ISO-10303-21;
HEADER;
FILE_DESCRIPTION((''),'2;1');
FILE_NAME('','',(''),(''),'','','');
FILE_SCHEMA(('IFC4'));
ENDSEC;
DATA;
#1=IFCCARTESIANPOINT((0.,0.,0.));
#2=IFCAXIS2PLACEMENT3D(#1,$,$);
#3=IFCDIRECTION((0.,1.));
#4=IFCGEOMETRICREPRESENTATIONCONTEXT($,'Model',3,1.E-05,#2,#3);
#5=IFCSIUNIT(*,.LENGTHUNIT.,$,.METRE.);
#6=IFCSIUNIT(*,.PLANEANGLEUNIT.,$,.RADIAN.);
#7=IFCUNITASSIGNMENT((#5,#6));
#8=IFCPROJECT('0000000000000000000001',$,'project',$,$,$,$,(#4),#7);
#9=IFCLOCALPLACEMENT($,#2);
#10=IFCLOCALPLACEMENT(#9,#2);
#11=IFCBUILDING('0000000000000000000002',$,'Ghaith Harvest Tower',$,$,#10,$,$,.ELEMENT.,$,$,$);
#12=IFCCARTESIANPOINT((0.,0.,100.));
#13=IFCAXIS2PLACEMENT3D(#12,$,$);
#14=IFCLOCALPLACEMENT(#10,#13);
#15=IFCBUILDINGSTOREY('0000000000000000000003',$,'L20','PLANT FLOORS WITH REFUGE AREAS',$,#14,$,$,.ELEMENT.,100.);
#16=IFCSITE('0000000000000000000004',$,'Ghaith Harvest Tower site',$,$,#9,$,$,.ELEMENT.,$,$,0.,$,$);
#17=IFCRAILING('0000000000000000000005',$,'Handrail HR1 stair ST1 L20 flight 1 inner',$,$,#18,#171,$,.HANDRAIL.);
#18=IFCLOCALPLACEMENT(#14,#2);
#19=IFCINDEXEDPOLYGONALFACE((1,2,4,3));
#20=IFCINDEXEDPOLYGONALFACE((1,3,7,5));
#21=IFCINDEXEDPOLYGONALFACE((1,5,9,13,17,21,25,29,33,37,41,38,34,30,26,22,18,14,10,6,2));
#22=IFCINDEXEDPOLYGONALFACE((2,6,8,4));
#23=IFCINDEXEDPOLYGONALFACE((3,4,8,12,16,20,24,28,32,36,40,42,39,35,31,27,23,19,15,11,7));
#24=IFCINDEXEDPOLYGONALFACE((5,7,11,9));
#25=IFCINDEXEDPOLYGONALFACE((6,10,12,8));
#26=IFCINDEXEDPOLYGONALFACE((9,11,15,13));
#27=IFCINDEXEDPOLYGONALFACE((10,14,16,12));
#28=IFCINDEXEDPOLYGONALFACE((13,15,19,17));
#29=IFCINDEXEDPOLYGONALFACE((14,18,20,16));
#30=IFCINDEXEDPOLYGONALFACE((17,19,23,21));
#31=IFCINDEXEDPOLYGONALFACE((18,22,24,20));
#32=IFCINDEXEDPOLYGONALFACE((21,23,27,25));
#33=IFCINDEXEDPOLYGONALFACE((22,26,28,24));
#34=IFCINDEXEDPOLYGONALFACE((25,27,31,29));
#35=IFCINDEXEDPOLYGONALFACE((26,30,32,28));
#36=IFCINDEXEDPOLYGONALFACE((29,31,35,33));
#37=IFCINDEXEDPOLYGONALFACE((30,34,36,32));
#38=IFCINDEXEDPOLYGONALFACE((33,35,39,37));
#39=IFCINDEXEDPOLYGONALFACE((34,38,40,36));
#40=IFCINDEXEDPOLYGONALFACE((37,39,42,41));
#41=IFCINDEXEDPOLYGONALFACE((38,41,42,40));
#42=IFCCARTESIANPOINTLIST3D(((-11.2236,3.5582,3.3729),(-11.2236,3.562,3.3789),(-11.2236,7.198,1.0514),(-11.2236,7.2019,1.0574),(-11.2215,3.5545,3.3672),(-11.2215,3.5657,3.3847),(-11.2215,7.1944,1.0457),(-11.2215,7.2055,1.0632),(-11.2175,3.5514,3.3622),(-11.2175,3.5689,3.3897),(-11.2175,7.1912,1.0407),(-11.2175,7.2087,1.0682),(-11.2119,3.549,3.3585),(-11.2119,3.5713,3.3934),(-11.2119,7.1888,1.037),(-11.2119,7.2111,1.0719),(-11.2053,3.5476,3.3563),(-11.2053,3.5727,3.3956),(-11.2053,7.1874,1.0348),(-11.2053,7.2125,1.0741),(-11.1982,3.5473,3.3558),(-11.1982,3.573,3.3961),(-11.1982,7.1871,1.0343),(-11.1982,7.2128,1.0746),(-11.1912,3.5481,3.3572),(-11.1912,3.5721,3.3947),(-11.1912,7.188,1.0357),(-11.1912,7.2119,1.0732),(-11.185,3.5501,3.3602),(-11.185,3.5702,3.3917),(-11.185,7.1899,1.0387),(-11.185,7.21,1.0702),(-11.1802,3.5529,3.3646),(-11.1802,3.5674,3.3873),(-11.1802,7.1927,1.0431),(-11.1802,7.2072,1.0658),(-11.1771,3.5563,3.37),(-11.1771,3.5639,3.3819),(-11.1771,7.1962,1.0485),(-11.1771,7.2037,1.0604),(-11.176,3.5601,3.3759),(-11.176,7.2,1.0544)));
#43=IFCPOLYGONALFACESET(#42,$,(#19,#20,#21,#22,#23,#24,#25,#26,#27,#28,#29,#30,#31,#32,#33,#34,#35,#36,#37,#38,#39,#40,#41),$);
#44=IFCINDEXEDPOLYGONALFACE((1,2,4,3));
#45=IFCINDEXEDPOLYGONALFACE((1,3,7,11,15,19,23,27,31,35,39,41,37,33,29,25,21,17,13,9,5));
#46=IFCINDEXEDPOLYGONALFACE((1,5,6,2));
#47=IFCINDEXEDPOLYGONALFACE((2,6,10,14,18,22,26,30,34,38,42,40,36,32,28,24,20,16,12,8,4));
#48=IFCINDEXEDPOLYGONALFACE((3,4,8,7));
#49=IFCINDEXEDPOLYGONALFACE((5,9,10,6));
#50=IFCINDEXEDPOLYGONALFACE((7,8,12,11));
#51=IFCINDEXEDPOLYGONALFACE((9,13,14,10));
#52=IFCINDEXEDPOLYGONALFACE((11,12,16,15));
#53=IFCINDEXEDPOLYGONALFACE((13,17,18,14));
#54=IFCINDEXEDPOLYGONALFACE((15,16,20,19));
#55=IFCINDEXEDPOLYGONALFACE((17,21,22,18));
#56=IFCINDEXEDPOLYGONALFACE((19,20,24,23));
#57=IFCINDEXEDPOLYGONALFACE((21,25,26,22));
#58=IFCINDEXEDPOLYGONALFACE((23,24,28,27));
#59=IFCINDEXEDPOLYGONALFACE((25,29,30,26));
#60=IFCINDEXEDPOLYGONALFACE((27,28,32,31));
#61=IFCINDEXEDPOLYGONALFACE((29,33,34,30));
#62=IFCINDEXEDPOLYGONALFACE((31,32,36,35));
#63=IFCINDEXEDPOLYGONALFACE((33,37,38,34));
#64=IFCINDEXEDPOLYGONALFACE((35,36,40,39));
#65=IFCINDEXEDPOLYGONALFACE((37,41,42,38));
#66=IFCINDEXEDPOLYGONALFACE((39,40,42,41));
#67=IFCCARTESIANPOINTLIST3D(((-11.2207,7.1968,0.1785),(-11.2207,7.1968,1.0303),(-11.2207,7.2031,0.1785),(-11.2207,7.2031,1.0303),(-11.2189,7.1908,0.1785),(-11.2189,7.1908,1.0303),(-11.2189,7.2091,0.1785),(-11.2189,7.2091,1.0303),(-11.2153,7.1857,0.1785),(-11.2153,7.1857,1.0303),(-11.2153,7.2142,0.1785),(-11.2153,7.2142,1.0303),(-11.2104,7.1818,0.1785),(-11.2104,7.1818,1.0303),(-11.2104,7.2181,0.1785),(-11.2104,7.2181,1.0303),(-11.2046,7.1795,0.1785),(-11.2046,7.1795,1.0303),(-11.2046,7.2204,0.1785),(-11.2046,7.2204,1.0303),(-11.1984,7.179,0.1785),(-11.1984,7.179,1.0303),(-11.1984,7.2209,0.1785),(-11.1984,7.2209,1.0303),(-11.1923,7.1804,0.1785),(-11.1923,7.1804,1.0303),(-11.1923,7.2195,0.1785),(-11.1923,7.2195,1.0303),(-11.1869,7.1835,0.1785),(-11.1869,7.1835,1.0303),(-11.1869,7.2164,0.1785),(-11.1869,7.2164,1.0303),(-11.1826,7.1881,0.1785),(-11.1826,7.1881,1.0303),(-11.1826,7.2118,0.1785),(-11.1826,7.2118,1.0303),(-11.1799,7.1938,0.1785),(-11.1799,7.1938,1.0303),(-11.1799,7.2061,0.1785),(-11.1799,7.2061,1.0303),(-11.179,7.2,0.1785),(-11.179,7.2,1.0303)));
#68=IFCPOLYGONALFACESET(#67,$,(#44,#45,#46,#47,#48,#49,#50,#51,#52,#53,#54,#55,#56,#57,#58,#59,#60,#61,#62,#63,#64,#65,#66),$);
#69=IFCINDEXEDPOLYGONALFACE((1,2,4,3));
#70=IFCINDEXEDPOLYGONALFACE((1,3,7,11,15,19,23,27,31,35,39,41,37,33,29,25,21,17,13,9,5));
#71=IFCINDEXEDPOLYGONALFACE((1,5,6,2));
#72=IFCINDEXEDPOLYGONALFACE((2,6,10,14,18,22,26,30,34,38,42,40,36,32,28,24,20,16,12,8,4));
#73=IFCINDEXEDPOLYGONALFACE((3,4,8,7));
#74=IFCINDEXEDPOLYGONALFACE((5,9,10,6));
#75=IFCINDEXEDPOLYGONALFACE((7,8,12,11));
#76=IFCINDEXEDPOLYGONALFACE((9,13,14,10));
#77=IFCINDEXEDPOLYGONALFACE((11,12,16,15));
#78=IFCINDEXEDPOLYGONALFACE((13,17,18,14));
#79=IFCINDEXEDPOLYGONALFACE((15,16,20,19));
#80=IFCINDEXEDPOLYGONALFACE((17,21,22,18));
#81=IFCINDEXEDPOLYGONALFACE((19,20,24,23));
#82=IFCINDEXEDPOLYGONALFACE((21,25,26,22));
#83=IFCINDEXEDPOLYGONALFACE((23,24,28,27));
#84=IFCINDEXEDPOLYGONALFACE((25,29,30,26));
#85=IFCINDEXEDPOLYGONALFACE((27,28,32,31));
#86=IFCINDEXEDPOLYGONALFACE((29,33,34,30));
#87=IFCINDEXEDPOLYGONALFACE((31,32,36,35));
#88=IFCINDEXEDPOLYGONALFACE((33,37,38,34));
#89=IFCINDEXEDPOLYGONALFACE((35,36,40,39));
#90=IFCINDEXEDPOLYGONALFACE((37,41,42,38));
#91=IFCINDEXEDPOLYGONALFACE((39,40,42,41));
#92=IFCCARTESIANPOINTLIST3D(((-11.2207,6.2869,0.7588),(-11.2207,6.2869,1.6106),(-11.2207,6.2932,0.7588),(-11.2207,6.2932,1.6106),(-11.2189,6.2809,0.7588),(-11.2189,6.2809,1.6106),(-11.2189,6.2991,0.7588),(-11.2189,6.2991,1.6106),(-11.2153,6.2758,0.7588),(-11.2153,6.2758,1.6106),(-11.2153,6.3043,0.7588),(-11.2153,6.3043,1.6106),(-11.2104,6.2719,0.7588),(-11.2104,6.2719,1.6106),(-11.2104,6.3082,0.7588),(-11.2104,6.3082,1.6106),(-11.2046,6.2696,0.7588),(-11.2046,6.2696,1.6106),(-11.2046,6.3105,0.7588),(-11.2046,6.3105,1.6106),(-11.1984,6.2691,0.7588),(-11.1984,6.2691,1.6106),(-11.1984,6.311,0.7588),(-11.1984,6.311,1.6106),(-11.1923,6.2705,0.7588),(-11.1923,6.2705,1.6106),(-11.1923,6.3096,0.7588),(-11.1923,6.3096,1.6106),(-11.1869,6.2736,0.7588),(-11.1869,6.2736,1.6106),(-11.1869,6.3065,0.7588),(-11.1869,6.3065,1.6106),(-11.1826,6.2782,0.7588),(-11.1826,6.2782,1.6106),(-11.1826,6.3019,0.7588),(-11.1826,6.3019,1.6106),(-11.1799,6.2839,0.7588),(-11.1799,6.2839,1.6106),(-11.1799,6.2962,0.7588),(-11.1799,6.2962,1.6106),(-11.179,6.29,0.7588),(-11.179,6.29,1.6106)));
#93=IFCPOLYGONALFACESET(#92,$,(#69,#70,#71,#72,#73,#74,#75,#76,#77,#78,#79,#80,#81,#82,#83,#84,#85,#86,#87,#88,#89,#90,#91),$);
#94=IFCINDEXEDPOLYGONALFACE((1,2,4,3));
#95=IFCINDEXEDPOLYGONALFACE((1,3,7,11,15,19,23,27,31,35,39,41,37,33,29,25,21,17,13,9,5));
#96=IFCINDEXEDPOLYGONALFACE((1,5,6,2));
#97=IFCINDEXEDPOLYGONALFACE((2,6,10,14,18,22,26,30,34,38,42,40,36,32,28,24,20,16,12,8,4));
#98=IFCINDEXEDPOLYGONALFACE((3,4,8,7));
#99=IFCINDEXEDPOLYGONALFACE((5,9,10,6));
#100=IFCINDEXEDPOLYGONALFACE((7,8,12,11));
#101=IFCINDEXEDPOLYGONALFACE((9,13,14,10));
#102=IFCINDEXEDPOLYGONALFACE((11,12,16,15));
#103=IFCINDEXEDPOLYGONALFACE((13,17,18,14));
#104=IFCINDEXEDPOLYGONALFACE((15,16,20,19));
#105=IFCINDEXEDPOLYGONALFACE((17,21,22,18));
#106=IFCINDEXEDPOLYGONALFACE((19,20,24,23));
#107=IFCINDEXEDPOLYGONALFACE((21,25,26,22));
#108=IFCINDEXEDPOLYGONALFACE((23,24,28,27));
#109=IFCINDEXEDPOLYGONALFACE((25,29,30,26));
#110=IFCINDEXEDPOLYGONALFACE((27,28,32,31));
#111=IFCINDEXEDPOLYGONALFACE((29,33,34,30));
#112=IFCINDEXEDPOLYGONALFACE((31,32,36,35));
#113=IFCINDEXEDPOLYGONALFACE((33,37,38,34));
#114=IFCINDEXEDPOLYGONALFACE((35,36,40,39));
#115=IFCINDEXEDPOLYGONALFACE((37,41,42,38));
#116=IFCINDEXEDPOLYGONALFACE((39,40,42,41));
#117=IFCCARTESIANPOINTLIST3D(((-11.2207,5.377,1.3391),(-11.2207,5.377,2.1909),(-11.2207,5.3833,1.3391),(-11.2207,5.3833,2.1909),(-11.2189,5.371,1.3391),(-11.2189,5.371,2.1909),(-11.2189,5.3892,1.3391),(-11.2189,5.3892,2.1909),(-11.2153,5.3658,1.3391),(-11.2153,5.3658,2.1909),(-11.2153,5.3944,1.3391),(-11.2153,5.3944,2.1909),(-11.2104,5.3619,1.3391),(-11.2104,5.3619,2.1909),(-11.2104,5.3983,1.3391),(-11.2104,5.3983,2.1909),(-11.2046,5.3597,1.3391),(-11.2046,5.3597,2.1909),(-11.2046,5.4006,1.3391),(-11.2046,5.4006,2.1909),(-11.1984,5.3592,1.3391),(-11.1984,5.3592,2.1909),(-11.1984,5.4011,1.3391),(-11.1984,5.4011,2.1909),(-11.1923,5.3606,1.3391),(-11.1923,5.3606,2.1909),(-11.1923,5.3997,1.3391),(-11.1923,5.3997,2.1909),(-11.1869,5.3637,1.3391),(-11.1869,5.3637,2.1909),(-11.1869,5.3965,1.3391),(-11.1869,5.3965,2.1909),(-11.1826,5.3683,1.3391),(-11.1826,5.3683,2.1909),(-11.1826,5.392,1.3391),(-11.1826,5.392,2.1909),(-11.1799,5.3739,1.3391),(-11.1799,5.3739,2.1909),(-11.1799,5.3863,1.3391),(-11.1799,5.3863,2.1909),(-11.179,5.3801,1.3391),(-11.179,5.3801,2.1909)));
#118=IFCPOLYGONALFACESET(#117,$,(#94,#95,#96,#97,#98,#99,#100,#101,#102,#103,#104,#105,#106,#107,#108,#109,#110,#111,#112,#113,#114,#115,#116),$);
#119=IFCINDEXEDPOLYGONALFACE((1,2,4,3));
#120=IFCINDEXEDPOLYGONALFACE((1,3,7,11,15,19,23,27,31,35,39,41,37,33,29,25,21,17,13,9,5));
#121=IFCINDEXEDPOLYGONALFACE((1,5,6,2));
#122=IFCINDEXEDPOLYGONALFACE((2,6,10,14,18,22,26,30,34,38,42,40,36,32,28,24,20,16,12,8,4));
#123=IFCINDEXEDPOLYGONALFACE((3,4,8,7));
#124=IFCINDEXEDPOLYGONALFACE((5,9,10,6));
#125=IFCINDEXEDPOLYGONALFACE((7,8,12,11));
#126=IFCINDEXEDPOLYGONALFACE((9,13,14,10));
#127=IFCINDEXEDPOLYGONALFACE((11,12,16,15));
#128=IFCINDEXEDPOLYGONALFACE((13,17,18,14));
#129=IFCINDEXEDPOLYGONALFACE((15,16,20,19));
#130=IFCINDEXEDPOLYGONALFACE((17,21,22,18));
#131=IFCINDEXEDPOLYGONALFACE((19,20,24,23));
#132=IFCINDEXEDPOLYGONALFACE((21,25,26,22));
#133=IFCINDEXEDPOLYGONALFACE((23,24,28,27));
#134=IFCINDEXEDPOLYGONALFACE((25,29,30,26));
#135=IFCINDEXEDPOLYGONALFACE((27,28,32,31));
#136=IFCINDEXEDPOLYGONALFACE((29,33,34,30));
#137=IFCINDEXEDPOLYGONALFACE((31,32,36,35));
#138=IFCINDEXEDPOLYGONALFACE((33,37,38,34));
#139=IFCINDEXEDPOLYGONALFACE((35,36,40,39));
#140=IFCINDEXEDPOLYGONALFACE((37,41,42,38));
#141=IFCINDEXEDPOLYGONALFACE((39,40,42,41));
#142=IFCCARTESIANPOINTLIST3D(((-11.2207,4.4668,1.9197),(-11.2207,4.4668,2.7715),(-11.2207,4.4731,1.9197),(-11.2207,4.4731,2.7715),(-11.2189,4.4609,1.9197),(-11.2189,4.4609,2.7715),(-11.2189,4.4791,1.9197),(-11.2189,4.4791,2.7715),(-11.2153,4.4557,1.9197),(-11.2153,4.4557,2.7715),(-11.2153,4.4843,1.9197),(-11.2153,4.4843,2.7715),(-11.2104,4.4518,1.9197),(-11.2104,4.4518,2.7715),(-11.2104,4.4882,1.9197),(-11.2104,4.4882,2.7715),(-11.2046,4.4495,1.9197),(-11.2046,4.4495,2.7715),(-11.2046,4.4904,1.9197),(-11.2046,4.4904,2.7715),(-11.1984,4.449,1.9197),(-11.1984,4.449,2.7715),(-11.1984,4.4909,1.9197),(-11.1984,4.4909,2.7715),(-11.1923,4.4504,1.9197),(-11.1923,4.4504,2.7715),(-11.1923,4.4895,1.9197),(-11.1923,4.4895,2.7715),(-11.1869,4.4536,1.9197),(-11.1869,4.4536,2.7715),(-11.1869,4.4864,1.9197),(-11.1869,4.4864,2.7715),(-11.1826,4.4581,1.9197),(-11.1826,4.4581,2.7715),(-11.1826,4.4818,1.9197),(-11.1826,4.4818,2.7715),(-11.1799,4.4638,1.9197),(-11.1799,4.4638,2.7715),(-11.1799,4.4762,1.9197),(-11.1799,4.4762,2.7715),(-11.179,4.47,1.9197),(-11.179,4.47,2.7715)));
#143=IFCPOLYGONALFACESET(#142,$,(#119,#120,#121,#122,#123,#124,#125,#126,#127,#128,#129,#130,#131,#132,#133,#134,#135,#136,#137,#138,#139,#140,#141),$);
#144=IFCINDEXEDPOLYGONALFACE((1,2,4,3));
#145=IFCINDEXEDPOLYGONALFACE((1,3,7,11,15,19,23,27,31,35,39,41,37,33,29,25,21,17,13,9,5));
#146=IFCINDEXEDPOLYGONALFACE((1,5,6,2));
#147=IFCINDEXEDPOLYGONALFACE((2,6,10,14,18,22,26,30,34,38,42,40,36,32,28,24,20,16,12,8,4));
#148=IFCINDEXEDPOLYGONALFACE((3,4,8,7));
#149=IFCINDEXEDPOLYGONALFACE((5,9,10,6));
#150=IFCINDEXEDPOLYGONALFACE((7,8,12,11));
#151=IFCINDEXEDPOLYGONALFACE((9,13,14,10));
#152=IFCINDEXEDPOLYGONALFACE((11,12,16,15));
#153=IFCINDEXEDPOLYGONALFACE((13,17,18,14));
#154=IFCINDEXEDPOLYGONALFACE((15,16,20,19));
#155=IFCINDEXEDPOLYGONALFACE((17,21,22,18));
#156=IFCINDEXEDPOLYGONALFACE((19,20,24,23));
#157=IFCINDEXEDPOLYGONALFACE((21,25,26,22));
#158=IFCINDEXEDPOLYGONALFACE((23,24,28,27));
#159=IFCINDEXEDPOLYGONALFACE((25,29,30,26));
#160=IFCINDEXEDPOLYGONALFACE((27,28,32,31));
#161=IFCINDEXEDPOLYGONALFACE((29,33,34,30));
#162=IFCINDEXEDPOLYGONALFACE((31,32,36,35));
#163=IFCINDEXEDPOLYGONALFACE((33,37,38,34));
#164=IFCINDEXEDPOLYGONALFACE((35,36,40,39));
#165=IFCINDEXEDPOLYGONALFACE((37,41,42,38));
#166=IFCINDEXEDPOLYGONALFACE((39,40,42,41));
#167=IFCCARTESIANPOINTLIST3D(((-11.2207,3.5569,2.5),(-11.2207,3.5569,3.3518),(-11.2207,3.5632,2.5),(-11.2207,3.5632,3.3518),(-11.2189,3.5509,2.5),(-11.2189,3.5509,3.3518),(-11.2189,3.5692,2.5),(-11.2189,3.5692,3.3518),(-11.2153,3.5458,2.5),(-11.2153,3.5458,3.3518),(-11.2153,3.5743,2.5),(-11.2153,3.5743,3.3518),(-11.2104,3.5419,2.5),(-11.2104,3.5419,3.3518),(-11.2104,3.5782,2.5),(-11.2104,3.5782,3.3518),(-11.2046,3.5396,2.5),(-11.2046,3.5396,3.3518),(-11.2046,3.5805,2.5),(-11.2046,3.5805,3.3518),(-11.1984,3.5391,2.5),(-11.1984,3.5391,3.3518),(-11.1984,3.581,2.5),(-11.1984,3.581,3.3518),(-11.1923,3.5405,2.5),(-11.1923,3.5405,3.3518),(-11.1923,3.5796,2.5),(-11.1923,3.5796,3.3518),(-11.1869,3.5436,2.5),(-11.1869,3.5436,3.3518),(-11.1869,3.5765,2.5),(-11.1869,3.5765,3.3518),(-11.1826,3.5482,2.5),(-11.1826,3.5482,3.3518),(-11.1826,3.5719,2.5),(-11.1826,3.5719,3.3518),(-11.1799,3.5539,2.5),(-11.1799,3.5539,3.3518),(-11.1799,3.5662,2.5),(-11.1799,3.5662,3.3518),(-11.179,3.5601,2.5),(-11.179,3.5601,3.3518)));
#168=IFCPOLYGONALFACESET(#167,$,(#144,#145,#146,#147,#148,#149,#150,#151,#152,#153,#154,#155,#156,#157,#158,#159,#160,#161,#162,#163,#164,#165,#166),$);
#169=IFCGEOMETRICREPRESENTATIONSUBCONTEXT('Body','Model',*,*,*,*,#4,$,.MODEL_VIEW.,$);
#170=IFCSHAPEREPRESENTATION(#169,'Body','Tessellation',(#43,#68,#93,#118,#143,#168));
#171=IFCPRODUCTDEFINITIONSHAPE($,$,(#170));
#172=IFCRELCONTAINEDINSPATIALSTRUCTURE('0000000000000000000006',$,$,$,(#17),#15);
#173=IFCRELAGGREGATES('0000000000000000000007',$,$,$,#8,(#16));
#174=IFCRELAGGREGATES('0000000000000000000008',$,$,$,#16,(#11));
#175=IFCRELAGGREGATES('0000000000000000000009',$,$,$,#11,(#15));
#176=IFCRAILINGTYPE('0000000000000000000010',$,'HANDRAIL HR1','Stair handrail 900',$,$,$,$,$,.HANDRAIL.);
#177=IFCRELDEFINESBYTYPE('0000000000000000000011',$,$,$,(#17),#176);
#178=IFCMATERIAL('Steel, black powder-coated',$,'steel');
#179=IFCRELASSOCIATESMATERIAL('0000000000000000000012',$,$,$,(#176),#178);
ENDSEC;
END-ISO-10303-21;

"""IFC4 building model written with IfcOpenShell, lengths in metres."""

from ifc_helpers import new_model, si_unit, direction, frame, origin, origin_2d, place, context, subcontext, project, spatial, circle, extrude, material, type_object, element, save


model = new_model("IFC4")

# Units and contexts
model_context = context("Model", 3, precision=1e-05, world=origin(), true_north=direction((0.0, 1.0)))
body_context = subcontext(model_context, "Body", "Model", "MODEL_VIEW")
ifc_project = project(units=[si_unit("LENGTHUNIT", "METRE"), si_unit("PLANEANGLEUNIT", "RADIAN")], contexts=[model_context])

# Site, building, storey
site_placement = place(None, origin())
site = spatial("IfcSite", under=ifc_project, at=site_placement, Name="Ghaith Harvest Tower site", CompositionType="ELEMENT", RefElevation=0.0)
building_placement = place(site_placement, origin())
building = spatial("IfcBuilding", under=site, at=building_placement, Name="Ghaith Harvest Tower", CompositionType="ELEMENT")
storey_placement = place(building_placement, frame((0.0, 0.0, 100.0)))
storey = spatial("IfcBuildingStorey", under=building, at=storey_placement, Name="L20", Description="PLANT FLOORS WITH REFUGE AREAS", CompositionType="ELEMENT", Elevation=100.0)

# Railing
ifc_material_1 = material(Name="Steel, black powder-coated", Category="steel")
railing_type = type_object("IfcRailingType", Name="HANDRAIL HR1", Description="Stair handrail 900", PredefinedType="HANDRAIL", material=ifc_material_1)
railing_1_placement = place(storey_placement, frame((-11.2, 7.2, 0.1785)))
element("IfcRailing", 1, at=railing_1_placement, inside=storey, type_object=railing_type, Name="Handrail HR1 stair ST1 L20 flight 1 inner", PredefinedType="HANDRAIL", context=body_context, shape_type="SweptSolid", body=[
    extrude(circle(Radius=0.0239, at=origin_2d()), frame((0.0, 0.0, 0.876), z_axis=(0.0, -0.843112, 0.537739), x_axis=(1.0, 0.0, 0.0)), (0.0, 0.0, 1.0), 4.3171),
    extrude(circle(Radius=0.021, at=origin_2d()), origin(), (0.0, 0.0, 1.0), 0.8518),
    extrude(circle(Radius=0.021, at=origin_2d()), frame((0.0, -0.9099, 0.5803)), (0.0, 0.0, 1.0), 0.8518),
    extrude(circle(Radius=0.021, at=origin_2d()), frame((0.0, -1.8198, 1.1606)), (0.0, 0.0, 1.0), 0.8518),
    extrude(circle(Radius=0.021, at=origin_2d()), frame((0.0, -2.73, 1.7412)), (0.0, 0.0, 1.0), 0.8518),
    extrude(circle(Radius=0.021, at=origin_2d()), frame((0.0, -3.6399, 2.3215)), (0.0, 0.0, 1.0), 0.8518),
])

save(model, "model.ifc")
